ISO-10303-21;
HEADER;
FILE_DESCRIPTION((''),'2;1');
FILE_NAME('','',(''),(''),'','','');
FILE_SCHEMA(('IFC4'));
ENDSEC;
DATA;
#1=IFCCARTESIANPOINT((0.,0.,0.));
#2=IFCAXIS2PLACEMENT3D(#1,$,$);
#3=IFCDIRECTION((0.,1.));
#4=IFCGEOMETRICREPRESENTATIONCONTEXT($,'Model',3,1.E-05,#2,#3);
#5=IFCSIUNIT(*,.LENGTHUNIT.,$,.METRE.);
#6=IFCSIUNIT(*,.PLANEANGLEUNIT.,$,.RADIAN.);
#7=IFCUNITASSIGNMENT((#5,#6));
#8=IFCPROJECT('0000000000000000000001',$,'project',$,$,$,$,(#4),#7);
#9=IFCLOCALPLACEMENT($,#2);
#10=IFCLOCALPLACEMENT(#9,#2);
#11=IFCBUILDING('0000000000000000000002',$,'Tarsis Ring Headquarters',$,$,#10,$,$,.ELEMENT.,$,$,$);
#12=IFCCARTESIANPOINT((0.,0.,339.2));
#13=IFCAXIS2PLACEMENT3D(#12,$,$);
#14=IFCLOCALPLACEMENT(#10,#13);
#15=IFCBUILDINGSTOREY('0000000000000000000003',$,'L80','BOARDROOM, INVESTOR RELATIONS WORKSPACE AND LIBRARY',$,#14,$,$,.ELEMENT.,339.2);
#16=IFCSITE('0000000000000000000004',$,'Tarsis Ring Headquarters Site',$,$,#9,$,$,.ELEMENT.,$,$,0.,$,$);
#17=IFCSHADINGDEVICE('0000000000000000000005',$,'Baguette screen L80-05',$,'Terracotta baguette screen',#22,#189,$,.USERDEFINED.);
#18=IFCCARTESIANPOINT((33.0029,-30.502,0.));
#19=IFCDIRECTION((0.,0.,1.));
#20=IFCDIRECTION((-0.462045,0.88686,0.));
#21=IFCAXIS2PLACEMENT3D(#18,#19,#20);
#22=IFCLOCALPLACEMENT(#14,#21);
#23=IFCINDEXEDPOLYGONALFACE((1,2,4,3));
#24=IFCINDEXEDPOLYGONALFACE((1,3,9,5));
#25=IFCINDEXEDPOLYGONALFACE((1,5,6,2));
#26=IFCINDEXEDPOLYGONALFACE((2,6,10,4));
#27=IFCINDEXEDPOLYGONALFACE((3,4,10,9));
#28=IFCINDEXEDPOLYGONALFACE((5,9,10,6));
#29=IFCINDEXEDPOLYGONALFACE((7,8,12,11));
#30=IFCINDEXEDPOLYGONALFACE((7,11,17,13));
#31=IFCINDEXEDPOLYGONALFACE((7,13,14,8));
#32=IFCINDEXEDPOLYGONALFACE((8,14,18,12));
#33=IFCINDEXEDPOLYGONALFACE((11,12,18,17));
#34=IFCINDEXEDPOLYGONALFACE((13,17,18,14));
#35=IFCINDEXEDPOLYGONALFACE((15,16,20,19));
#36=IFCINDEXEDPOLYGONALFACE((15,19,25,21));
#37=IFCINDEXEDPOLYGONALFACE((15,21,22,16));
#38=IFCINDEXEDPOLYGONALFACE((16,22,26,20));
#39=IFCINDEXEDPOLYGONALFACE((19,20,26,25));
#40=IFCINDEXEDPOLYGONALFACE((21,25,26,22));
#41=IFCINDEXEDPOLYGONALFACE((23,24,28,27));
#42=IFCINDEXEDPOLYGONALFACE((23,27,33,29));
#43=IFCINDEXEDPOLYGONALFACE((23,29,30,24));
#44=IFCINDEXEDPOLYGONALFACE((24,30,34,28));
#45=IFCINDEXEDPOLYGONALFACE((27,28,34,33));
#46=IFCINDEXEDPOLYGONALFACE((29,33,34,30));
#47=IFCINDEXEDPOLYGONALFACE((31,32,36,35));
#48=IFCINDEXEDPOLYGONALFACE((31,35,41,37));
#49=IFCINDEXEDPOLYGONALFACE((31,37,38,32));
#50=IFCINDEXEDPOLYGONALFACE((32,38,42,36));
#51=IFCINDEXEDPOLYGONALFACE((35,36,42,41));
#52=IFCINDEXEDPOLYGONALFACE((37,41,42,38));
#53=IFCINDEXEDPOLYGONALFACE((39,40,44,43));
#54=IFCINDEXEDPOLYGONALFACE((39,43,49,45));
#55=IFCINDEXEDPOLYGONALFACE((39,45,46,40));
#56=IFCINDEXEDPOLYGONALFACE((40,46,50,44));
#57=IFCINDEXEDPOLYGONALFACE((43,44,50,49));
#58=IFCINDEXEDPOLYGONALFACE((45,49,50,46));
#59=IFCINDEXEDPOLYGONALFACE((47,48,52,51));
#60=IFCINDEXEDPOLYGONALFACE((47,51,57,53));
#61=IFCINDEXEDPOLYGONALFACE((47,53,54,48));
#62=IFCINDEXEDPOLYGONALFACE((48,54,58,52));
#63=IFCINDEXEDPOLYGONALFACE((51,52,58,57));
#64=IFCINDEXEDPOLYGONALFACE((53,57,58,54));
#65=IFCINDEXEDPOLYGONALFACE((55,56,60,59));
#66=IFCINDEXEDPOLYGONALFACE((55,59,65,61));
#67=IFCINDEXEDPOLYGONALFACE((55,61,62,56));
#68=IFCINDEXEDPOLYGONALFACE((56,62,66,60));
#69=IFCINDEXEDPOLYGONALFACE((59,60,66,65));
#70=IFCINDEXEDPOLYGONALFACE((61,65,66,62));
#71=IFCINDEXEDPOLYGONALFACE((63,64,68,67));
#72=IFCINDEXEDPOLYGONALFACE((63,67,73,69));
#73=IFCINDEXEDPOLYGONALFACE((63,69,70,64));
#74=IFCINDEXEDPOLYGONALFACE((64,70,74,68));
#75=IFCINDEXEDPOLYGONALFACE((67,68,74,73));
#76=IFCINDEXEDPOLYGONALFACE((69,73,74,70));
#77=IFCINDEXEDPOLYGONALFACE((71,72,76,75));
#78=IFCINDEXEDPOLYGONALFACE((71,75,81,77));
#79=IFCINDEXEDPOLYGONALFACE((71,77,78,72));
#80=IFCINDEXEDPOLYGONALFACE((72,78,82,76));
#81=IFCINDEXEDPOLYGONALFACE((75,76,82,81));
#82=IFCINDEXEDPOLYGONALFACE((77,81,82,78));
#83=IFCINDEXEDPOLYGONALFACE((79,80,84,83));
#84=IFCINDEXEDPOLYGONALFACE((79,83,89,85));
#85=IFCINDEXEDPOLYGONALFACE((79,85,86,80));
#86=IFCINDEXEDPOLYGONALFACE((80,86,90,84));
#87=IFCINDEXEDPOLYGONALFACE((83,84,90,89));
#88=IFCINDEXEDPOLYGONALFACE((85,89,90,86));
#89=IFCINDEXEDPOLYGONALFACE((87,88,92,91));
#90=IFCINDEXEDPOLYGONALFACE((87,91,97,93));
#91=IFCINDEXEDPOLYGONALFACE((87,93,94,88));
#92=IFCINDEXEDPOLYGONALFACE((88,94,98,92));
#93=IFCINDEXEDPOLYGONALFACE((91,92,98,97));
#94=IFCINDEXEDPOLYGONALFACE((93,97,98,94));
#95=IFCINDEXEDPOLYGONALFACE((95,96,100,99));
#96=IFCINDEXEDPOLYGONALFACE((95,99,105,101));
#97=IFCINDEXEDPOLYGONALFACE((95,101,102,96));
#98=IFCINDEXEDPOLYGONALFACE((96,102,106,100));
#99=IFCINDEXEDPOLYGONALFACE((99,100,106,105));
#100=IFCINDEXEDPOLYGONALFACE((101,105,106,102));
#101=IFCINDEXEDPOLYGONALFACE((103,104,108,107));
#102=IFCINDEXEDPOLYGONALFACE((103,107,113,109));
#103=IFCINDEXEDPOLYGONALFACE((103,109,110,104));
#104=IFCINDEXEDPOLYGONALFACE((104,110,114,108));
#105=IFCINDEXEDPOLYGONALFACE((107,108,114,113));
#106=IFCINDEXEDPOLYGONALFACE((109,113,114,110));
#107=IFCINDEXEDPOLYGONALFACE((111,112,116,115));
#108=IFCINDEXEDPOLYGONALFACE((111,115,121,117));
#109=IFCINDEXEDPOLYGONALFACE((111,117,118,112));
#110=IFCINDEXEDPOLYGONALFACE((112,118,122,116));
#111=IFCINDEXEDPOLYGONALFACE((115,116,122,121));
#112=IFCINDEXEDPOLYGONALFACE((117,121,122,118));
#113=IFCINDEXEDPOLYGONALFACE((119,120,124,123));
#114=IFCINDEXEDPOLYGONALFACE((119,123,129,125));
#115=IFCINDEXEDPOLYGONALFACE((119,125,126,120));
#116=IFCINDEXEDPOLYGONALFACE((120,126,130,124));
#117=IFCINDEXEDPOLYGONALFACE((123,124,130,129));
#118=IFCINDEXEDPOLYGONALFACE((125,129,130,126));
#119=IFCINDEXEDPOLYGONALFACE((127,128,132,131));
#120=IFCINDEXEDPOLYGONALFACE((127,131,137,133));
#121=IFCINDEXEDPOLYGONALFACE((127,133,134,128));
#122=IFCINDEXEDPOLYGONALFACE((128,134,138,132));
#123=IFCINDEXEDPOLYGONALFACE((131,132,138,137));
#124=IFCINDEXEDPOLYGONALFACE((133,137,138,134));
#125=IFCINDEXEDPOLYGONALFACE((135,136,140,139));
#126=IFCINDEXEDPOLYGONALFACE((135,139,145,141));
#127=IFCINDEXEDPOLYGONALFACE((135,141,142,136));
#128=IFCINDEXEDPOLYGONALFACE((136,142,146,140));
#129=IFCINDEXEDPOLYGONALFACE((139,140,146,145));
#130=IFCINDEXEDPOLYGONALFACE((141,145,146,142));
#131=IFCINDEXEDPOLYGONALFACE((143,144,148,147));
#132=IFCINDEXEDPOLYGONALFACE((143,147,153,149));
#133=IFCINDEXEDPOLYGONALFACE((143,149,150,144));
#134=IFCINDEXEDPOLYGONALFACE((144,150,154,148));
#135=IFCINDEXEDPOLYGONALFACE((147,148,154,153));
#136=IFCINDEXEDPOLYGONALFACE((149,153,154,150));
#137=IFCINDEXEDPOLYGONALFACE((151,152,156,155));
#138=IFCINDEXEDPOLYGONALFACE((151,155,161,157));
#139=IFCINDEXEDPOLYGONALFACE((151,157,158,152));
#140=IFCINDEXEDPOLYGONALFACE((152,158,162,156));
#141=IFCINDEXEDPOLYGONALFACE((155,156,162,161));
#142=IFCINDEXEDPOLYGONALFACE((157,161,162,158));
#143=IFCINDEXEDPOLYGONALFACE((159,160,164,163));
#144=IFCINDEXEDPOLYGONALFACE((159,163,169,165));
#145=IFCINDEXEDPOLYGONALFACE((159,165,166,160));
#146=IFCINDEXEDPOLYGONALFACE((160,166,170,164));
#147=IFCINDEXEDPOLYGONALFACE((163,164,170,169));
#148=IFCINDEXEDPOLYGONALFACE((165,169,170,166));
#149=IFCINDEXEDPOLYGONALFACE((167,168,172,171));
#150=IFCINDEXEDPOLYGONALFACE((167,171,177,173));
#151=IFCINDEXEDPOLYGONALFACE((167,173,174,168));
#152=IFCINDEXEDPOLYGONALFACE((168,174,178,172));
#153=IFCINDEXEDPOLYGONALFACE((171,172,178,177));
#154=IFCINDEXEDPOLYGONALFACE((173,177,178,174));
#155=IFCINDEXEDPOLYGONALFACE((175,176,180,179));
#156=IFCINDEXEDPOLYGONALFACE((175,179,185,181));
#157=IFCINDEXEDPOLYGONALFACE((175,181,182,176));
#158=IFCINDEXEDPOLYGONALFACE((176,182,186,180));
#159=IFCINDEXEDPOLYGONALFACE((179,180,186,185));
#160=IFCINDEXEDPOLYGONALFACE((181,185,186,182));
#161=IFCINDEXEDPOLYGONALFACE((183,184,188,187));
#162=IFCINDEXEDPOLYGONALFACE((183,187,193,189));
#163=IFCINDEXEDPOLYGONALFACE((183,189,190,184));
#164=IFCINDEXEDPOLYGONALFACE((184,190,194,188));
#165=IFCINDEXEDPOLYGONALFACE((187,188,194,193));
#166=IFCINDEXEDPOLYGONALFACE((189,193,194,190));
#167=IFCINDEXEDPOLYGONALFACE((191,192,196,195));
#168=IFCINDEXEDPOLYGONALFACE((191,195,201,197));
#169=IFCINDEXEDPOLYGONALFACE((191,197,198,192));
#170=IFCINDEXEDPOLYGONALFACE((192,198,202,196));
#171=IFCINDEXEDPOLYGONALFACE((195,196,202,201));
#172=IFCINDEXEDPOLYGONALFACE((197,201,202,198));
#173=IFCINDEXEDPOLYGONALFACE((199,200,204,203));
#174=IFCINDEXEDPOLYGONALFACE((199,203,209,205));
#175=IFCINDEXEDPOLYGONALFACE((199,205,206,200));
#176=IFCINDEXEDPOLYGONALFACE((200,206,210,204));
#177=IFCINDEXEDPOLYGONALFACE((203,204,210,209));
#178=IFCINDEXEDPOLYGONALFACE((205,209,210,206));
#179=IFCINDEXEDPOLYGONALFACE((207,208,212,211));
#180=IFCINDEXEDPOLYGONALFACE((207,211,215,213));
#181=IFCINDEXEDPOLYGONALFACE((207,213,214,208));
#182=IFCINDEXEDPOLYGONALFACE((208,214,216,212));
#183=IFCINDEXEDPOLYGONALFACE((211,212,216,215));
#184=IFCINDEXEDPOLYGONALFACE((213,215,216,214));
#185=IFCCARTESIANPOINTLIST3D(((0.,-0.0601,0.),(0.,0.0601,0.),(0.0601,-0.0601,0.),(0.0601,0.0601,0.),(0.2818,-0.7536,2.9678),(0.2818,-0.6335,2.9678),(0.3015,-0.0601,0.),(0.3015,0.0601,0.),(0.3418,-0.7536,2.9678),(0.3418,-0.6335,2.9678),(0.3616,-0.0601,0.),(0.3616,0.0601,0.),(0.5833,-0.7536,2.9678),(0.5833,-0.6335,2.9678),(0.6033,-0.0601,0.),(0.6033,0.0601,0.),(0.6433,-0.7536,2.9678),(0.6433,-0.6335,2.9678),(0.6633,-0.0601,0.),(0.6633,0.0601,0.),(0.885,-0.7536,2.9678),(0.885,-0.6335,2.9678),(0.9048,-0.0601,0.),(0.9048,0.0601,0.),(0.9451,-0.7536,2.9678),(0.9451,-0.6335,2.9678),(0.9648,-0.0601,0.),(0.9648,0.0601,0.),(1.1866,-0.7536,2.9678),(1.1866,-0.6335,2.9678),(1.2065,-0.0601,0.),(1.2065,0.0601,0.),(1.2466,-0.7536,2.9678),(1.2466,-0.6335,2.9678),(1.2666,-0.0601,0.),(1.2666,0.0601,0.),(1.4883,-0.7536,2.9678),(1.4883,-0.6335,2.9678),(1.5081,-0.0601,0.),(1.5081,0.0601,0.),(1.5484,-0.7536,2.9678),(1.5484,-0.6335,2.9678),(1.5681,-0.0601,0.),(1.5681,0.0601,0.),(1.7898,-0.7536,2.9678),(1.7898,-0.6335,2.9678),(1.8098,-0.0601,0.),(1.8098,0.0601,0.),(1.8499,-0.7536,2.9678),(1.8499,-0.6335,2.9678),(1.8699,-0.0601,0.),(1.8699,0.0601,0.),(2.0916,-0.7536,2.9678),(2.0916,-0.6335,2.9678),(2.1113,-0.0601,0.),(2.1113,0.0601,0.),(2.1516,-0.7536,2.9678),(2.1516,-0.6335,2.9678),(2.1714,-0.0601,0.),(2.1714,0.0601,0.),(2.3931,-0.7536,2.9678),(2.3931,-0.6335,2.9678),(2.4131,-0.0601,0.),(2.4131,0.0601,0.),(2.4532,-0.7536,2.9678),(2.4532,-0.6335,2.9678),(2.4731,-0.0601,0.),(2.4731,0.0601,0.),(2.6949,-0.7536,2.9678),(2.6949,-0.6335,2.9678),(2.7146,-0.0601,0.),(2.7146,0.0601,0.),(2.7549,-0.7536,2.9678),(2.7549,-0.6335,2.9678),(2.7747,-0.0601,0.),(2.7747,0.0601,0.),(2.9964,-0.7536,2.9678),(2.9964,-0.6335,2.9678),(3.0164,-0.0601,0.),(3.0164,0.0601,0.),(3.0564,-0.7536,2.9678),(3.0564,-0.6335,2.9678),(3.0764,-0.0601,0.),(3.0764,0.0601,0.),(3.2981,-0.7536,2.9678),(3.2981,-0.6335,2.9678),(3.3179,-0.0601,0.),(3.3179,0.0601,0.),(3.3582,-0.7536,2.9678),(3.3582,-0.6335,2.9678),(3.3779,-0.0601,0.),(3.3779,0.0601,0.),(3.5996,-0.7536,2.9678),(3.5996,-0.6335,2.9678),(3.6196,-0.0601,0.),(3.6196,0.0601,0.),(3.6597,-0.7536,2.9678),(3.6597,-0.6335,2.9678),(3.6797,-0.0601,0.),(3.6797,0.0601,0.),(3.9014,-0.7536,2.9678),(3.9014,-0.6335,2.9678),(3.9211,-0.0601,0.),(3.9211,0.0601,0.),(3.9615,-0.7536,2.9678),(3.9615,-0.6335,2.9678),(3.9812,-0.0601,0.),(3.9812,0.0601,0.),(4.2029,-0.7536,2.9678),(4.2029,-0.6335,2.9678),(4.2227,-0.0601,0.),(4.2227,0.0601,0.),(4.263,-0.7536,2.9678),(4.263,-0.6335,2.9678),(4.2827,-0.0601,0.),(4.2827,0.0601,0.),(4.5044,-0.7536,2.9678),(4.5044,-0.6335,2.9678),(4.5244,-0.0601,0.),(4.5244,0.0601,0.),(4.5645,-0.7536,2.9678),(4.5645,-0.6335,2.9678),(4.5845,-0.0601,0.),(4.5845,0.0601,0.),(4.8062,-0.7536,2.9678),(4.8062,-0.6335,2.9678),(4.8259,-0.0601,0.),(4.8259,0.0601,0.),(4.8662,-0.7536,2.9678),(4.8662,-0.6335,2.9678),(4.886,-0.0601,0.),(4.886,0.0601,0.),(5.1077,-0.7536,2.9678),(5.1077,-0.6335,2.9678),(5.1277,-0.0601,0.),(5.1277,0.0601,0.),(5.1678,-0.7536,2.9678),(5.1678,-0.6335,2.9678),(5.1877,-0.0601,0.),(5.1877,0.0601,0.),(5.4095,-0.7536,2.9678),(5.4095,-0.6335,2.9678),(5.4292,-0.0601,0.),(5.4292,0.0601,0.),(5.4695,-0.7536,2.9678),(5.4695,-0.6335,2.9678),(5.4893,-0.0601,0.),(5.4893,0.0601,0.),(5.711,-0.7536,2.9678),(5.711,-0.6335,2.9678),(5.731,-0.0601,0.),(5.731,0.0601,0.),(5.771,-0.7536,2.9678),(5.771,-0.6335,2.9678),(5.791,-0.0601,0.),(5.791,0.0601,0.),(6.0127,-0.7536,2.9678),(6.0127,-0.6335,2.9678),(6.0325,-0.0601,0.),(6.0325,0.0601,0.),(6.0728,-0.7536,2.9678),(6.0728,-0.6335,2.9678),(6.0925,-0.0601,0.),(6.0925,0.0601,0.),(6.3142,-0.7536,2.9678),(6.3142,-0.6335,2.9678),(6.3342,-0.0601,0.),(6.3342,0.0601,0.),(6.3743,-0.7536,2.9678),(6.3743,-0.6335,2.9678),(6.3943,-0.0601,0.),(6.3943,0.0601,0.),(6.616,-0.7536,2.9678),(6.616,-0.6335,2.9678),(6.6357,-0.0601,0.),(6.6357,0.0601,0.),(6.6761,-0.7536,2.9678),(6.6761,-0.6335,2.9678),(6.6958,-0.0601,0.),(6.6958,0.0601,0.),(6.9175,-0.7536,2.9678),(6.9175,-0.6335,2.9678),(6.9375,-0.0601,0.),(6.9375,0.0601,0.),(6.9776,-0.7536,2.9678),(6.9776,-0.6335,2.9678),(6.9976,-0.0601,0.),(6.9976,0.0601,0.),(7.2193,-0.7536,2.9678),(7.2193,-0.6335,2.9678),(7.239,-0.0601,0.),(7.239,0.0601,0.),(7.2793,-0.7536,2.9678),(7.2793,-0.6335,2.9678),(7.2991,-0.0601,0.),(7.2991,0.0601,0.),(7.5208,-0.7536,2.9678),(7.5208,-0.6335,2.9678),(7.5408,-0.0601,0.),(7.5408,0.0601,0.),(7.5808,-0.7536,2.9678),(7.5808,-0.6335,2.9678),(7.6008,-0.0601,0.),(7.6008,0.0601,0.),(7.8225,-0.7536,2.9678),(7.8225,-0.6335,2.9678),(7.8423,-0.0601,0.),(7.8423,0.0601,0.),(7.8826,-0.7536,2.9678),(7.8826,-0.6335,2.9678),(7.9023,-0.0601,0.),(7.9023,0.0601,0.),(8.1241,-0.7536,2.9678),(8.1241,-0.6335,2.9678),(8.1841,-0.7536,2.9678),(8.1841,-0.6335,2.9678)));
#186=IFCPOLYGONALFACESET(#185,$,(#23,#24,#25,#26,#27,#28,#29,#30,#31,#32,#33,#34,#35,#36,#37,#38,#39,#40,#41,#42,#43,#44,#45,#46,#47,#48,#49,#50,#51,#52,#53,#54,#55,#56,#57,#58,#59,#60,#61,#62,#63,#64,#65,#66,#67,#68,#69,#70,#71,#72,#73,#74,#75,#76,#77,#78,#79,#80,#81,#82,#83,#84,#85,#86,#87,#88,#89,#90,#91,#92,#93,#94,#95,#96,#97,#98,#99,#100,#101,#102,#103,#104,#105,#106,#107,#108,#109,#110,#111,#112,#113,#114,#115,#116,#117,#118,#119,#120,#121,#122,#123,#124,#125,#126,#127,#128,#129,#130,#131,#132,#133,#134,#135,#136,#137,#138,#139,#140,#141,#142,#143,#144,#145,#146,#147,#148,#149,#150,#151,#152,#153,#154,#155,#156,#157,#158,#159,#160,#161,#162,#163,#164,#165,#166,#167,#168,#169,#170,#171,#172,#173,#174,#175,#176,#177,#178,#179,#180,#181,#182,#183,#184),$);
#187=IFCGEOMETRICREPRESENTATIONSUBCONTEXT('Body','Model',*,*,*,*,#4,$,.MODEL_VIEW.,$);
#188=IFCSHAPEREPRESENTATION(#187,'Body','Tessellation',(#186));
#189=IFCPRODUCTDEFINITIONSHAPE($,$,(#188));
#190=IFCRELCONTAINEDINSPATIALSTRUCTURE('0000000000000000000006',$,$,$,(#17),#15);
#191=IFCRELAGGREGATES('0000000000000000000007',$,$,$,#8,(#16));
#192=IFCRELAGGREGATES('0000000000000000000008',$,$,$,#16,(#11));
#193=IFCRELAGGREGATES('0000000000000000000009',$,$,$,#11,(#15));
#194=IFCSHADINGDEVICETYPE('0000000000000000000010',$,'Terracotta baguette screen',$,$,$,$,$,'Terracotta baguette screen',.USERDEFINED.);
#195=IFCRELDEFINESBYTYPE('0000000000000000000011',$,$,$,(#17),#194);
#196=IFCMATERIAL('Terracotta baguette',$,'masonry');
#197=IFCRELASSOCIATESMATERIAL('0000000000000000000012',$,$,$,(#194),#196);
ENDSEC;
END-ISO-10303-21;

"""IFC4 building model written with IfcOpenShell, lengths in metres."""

from ifc_helpers import new_model, si_unit, direction, frame, frame_2d, origin, place, context, subcontext, project, spatial, rectangle, composite_profile, extrude, material, type_object, element, save


model = new_model("IFC4")

# Units and contexts
model_context = context("Model", 3, precision=1e-05, world=origin(), true_north=direction((0.0, 1.0)))
body_context = subcontext(model_context, "Body", "Model", "MODEL_VIEW")
ifc_project = project(units=[si_unit("LENGTHUNIT", "METRE"), si_unit("PLANEANGLEUNIT", "RADIAN")], contexts=[model_context])

# Site, building, storey
site_placement = place(None, origin())
site = spatial("IfcSite", under=ifc_project, at=site_placement, Name="Tarsis Ring Headquarters Site", CompositionType="ELEMENT", RefElevation=0.0)
building_placement = place(site_placement, origin())
building = spatial("IfcBuilding", under=site, at=building_placement, Name="Tarsis Ring Headquarters", CompositionType="ELEMENT")
storey_placement = place(building_placement, frame((0.0, 0.0, 339.2)))
storey = spatial("IfcBuildingStorey", under=building, at=storey_placement, Name="L80", Description="BOARDROOM, INVESTOR RELATIONS WORKSPACE AND LIBRARY", CompositionType="ELEMENT", Elevation=339.2)

# Shading device
ifc_material_1 = material(Name="Terracotta baguette", Category="masonry")
shading_device_type_1 = type_object("IfcShadingDeviceType", Name="Terracotta baguette screen", ElementType="Terracotta baguette screen", PredefinedType="USERDEFINED", material=ifc_material_1)
shading_device_1_placement = place(storey_placement, frame((33.0029, -30.502, 0.0), z_axis=(0.0, 0.0, 1.0), x_axis=(-0.462045, 0.88686, 0.0)))
element("IfcShadingDevice", 1, at=shading_device_1_placement, inside=storey, type_object=shading_device_type_1, Name="Baguette screen L80-05", ObjectType="Terracotta baguette screen", PredefinedType="USERDEFINED", context=body_context, shape_type="SweptSolid", body=[
    extrude(composite_profile([rectangle(XDim=0.0601, YDim=0.1201, at=frame_2d((0.03, 0.0))), rectangle(XDim=0.0601, YDim=0.1201, at=frame_2d((0.3315, 0.0))), rectangle(XDim=0.0601, YDim=0.1201, at=frame_2d((0.6333, 0.0))), rectangle(XDim=0.0601, YDim=0.1201, at=frame_2d((0.9348, 0.0))), rectangle(XDim=0.0601, YDim=0.1201, at=frame_2d((1.2366, 0.0))), rectangle(XDim=0.0601, YDim=0.1201, at=frame_2d((1.5381, 0.0))), rectangle(XDim=0.0601, YDim=0.1201, at=frame_2d((1.8398, 0.0))), rectangle(XDim=0.0601, YDim=0.1201, at=frame_2d((2.1414, 0.0))), rectangle(XDim=0.0601, YDim=0.1201, at=frame_2d((2.4431, 0.0))), rectangle(XDim=0.0601, YDim=0.1201, at=frame_2d((2.7446, 0.0))), rectangle(XDim=0.0601, YDim=0.1201, at=frame_2d((3.0464, 0.0))), rectangle(XDim=0.0601, YDim=0.1201, at=frame_2d((3.3479, 0.0))), rectangle(XDim=0.0601, YDim=0.1201, at=frame_2d((3.6497, 0.0))), rectangle(XDim=0.0601, YDim=0.1201, at=frame_2d((3.9512, 0.0))), rectangle(XDim=0.0601, YDim=0.1201, at=frame_2d((4.2527, 0.0))), rectangle(XDim=0.0601, YDim=0.1201, at=frame_2d((4.5544, 0.0))), rectangle(XDim=0.0601, YDim=0.1201, at=frame_2d((4.856, 0.0))), rectangle(XDim=0.0601, YDim=0.1201, at=frame_2d((5.1577, 0.0))), rectangle(XDim=0.0601, YDim=0.1201, at=frame_2d((5.4592, 0.0))), rectangle(XDim=0.0601, YDim=0.1201, at=frame_2d((5.761, 0.0))), rectangle(XDim=0.0601, YDim=0.1201, at=frame_2d((6.0625, 0.0))), rectangle(XDim=0.0601, YDim=0.1201, at=frame_2d((6.3643, 0.0))), rectangle(XDim=0.0601, YDim=0.1201, at=frame_2d((6.6658, 0.0))), rectangle(XDim=0.0601, YDim=0.1201, at=frame_2d((6.9675, 0.0))), rectangle(XDim=0.0601, YDim=0.1201, at=frame_2d((7.269, 0.0))), rectangle(XDim=0.0601, YDim=0.1201, at=frame_2d((7.5708, 0.0))), rectangle(XDim=0.0601, YDim=0.1201, at=frame_2d((7.8723, 0.0)))]), origin(), (0.092057, -0.226595, 0.969629), 3.0608),
])

save(model, "model.ifc")
